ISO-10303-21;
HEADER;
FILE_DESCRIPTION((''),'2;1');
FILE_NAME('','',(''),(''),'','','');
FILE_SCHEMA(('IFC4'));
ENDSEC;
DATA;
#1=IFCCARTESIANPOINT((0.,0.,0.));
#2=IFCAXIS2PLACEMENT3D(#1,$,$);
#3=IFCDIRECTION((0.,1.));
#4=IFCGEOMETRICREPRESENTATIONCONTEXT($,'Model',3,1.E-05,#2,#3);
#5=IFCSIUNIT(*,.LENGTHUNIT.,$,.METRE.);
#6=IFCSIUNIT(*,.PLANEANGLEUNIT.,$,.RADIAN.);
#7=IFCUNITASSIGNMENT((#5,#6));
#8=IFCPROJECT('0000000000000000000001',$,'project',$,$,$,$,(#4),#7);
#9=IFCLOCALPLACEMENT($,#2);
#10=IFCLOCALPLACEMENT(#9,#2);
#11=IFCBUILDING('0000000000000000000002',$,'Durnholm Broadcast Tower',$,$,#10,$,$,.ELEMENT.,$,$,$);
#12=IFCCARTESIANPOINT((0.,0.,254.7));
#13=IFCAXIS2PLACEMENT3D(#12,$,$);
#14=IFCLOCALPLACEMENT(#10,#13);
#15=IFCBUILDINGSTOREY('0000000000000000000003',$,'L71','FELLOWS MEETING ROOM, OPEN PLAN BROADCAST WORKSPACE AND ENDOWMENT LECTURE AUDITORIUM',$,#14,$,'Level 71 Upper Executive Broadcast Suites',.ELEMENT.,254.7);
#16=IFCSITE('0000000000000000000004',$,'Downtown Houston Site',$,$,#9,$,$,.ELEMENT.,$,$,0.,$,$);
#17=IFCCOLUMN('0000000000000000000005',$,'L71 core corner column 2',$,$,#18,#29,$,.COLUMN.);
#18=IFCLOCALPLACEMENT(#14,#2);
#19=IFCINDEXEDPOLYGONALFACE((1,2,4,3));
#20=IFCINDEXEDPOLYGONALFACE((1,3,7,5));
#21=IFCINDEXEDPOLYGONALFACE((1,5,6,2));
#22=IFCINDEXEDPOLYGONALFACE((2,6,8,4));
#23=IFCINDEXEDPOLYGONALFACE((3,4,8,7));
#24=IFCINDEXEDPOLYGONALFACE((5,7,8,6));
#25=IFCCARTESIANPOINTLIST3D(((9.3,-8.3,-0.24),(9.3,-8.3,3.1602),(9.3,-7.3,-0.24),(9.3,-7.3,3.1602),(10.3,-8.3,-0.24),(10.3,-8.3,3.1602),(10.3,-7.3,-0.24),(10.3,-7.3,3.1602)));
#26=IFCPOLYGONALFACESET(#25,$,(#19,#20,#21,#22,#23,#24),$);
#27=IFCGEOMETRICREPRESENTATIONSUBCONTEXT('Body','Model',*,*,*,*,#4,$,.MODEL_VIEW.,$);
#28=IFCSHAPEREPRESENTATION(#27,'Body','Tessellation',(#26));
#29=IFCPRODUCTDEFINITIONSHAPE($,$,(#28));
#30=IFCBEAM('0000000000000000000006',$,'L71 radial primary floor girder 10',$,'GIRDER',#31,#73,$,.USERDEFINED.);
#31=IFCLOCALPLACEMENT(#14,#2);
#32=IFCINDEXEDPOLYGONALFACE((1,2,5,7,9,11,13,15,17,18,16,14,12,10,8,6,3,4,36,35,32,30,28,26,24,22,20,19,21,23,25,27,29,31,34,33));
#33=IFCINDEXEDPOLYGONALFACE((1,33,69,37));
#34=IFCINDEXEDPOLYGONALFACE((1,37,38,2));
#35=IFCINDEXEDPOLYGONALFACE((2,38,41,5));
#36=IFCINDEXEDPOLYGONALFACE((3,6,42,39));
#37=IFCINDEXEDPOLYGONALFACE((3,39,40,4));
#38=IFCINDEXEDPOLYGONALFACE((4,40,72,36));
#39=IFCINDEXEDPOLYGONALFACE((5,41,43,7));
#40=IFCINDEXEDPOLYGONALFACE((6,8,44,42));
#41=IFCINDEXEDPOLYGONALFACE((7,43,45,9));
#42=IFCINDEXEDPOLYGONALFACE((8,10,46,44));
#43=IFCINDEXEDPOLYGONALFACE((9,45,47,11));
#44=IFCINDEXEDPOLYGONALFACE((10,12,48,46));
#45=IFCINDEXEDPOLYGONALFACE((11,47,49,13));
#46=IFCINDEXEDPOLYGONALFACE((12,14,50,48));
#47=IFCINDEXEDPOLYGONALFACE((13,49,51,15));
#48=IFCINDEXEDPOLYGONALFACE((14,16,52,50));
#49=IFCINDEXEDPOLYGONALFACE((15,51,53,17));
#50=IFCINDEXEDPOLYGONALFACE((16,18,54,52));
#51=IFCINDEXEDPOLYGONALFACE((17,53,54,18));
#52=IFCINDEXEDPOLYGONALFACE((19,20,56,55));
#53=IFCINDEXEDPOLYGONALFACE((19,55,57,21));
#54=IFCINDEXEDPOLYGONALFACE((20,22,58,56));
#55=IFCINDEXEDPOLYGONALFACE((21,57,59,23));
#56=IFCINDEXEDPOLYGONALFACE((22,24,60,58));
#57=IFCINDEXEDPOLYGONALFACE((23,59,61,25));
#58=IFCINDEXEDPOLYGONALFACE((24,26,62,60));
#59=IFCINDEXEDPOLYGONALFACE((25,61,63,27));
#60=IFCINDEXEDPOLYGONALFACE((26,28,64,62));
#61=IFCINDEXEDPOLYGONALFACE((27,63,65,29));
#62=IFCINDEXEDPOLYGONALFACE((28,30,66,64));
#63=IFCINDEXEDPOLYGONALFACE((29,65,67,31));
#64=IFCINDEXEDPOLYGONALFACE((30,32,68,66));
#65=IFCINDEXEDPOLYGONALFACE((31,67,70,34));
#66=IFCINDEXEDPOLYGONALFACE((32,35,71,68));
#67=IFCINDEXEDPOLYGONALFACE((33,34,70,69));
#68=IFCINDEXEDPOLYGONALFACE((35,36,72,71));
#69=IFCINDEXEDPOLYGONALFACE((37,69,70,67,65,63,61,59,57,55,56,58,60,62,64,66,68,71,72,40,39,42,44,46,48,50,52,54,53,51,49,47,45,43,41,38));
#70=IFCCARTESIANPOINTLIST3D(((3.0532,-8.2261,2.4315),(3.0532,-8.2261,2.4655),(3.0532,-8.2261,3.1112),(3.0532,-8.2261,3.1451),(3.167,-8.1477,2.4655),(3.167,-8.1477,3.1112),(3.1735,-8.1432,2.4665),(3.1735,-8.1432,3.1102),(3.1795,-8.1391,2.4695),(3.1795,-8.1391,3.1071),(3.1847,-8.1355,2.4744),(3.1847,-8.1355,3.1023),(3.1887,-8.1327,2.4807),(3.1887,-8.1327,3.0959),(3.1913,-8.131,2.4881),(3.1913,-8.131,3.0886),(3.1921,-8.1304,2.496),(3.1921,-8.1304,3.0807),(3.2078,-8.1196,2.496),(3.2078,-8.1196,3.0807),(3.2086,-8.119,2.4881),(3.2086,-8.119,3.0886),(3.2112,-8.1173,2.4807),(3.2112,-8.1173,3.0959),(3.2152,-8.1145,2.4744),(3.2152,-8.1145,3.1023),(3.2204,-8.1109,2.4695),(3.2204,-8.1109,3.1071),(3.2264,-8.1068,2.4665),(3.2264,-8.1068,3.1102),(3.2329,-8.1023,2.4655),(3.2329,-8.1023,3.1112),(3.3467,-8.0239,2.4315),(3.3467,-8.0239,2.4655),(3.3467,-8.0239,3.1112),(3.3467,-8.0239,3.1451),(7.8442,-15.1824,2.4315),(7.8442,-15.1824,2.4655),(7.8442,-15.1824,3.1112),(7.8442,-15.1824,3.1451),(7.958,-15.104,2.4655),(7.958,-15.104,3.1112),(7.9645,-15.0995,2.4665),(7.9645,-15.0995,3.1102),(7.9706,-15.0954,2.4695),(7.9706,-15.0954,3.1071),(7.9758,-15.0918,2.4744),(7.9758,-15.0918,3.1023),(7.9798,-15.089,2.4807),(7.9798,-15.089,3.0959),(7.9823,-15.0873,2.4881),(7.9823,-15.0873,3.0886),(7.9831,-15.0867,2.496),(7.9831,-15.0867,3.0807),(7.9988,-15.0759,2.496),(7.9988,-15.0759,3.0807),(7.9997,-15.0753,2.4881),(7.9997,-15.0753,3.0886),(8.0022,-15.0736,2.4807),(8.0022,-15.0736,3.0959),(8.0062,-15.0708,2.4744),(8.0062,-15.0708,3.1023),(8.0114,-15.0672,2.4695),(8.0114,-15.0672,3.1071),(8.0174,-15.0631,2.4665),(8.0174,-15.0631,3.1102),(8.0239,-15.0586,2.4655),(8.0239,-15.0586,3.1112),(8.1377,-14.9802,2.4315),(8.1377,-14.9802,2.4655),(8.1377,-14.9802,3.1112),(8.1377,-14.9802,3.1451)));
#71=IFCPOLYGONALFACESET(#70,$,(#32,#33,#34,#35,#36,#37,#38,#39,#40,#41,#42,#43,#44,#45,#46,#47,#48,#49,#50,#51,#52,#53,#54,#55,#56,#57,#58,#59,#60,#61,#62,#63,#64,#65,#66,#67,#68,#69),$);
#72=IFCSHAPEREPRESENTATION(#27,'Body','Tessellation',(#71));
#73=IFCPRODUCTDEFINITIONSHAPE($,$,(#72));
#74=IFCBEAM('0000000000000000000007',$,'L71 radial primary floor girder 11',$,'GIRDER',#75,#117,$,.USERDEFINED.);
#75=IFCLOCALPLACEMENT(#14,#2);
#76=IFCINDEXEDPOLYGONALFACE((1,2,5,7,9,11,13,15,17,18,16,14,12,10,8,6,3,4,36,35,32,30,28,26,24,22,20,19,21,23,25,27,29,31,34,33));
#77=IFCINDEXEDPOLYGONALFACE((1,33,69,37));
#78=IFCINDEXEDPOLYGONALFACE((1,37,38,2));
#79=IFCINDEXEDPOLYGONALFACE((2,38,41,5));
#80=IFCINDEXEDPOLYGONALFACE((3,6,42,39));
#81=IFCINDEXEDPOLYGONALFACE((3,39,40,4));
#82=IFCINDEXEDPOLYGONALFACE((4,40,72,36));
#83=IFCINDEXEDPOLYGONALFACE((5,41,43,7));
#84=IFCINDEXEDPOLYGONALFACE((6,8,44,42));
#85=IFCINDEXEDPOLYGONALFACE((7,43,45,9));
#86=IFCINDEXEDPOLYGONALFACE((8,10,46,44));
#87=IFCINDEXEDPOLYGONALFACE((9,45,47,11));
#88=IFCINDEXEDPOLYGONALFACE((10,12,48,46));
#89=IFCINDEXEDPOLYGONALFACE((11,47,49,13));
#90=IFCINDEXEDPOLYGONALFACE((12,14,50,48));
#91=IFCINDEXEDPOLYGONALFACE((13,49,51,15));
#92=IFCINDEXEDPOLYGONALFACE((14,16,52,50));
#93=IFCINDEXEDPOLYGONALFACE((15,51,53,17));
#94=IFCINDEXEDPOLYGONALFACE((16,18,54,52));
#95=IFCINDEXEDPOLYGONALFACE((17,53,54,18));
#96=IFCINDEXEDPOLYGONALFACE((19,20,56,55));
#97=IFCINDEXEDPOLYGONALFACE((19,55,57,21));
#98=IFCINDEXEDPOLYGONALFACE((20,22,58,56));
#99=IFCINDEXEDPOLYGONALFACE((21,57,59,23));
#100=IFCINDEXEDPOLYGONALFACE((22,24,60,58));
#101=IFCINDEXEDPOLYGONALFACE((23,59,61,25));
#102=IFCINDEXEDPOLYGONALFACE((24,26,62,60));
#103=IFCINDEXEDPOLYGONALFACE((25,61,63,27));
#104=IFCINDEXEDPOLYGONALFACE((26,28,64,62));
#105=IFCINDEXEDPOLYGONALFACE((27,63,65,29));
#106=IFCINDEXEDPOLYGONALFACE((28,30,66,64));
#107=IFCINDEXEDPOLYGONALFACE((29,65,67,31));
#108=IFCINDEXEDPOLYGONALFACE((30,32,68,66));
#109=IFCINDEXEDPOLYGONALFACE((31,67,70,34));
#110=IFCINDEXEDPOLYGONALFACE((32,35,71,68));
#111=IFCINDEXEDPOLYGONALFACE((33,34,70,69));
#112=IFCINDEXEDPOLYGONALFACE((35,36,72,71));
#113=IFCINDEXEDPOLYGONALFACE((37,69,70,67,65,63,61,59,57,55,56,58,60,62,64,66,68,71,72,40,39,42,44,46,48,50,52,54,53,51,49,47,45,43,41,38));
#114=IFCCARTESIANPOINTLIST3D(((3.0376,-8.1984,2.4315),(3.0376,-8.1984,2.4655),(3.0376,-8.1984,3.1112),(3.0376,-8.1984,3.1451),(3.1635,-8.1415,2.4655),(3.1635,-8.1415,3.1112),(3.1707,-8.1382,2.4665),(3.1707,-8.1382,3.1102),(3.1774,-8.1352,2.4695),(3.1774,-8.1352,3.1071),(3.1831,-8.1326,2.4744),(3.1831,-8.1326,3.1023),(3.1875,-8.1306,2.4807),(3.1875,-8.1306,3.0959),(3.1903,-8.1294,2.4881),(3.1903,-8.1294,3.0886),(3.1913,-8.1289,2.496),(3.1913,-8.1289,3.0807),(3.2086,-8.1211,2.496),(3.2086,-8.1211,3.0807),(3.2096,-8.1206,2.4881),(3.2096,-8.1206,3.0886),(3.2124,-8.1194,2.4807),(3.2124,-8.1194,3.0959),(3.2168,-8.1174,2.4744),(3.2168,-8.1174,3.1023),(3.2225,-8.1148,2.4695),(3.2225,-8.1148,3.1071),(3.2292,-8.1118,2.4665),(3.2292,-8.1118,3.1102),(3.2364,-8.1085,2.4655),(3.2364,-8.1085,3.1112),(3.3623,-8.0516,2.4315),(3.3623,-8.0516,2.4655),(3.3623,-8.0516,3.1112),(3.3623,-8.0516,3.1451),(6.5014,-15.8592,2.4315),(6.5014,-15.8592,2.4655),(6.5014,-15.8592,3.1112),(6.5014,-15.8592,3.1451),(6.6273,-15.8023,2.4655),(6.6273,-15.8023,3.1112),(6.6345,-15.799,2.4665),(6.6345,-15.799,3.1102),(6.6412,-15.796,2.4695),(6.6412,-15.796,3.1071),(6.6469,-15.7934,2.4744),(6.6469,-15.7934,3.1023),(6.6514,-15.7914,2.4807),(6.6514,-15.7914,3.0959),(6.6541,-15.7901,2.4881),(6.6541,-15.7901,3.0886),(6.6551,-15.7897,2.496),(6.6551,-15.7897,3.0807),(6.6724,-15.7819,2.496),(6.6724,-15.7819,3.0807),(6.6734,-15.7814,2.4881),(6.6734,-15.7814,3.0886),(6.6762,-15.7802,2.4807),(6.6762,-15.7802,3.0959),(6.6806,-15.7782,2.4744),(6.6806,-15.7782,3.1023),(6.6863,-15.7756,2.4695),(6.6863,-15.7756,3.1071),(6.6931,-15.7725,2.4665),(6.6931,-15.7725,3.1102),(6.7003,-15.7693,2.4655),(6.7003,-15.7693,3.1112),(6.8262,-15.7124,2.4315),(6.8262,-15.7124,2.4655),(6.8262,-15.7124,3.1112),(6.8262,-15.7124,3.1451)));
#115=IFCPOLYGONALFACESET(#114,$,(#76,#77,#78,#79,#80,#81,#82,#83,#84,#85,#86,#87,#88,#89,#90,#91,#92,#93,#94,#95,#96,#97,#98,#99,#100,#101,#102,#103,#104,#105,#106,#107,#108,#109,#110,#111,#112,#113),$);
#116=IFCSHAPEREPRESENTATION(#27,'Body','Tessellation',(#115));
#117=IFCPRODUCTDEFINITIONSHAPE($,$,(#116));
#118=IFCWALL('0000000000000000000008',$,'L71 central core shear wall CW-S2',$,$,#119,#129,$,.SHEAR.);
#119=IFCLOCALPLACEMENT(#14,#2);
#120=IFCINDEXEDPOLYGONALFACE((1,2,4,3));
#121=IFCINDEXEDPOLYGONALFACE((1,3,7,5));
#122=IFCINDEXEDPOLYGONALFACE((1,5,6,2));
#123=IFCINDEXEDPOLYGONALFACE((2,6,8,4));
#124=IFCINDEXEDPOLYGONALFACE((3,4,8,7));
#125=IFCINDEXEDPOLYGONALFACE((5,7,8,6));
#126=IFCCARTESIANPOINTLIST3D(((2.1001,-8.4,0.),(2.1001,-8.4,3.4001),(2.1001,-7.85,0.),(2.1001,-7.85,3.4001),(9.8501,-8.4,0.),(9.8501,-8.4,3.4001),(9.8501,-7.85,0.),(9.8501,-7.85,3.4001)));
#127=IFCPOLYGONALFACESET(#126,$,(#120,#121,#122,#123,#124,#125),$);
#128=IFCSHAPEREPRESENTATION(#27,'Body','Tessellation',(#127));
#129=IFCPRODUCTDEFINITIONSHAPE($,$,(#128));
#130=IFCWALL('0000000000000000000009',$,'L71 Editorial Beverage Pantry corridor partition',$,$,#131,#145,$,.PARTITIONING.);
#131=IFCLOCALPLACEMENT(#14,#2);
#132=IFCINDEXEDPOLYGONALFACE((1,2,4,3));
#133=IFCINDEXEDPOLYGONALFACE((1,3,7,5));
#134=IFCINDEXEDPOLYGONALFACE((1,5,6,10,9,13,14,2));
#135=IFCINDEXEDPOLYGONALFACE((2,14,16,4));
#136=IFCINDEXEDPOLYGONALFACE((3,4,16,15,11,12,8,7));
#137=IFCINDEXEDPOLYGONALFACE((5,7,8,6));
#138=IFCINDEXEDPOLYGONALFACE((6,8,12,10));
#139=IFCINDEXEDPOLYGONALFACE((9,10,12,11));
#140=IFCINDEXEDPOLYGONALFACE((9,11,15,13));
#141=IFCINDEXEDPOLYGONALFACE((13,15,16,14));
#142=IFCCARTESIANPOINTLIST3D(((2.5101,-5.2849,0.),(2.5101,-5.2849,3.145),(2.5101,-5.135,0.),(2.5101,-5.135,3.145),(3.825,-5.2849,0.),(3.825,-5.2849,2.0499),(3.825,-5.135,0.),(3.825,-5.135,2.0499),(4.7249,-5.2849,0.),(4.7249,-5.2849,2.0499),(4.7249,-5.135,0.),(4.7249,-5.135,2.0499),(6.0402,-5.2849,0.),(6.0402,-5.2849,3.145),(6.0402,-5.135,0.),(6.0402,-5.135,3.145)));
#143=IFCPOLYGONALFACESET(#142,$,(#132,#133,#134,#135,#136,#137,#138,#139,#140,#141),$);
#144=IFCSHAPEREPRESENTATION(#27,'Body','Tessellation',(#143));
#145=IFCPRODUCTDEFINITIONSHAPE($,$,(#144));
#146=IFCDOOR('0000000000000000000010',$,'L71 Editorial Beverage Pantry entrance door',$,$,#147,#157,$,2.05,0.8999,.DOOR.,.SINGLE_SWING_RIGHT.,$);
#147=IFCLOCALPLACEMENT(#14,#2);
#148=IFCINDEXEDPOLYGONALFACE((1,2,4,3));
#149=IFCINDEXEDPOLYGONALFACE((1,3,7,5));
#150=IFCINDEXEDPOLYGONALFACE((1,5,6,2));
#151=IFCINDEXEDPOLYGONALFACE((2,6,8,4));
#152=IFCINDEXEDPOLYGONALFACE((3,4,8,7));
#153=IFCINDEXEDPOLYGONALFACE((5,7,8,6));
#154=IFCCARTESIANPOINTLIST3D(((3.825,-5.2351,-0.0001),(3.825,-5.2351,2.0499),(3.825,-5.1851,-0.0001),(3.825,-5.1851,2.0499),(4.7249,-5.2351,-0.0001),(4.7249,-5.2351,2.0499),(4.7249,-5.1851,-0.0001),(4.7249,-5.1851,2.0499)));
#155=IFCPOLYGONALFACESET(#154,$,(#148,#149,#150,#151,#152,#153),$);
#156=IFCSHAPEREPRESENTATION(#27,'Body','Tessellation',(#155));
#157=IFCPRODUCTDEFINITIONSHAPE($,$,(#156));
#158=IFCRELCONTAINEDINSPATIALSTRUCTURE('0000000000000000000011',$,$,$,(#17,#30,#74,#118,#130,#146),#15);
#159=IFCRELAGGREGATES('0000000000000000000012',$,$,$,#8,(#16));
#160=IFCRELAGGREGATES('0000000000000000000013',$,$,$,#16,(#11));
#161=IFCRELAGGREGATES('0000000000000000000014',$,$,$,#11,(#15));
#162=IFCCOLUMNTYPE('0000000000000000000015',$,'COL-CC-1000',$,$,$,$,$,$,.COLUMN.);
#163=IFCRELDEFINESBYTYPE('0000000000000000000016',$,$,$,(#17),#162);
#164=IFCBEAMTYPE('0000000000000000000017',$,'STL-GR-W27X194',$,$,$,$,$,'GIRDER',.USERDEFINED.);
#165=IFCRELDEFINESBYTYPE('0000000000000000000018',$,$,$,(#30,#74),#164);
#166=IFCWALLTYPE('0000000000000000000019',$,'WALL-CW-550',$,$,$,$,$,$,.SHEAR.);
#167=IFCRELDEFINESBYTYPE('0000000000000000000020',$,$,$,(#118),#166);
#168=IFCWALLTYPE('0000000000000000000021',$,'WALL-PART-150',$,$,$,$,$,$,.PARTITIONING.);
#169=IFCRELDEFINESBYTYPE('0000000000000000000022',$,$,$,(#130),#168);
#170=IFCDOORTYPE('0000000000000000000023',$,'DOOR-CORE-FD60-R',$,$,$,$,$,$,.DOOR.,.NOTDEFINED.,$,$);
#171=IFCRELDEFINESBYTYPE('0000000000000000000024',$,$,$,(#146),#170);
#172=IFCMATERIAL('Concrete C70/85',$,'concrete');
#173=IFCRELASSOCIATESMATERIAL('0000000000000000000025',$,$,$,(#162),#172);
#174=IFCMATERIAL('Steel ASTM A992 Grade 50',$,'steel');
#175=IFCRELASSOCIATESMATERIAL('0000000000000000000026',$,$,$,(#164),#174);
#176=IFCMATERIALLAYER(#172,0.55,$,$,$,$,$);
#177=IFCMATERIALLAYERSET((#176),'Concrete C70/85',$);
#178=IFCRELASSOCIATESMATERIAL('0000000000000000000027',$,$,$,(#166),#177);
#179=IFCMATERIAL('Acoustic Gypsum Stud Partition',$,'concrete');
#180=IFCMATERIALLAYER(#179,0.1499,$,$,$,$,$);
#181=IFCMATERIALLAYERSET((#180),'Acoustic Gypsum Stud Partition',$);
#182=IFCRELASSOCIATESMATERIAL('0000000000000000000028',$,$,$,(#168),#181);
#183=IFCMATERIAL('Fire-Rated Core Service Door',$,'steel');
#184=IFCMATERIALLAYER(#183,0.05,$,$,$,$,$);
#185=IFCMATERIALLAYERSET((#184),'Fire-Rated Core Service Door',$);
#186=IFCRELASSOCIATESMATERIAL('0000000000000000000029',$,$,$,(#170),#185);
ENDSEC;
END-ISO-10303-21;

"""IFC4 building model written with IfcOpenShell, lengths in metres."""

from ifc_helpers import new_model, si_unit, direction, frame, frame_2d, origin, origin_2d, place, context, subcontext, project, spatial, rectangle, i_section, extrude, source, transform, mapped, material, layer, layer_set, material_profile, profile_set, type_object, type_shapes, element, fill, save


model = new_model("IFC4")

# Units and contexts
model_context = context("Model", 3, precision=1e-05, world=origin(), true_north=direction((0.0, 1.0)))
body_context = subcontext(model_context, "Body", "Model", "MODEL_VIEW")
ifc_project = project(units=[si_unit("LENGTHUNIT", "METRE"), si_unit("PLANEANGLEUNIT", "RADIAN")], contexts=[model_context])

# Site, building, storey
site_placement = place(None, origin())
site = spatial("IfcSite", under=ifc_project, at=site_placement, Name="Downtown Houston Site", CompositionType="ELEMENT", RefElevation=0.0)
building_placement = place(site_placement, origin())
building = spatial("IfcBuilding", under=site, at=building_placement, Name="Durnholm Broadcast Tower", CompositionType="ELEMENT")
storey_placement = place(building_placement, frame((0.0, 0.0, 254.7)))
storey = spatial("IfcBuildingStorey", under=building, at=storey_placement, Name="L71", Description="FELLOWS MEETING ROOM, OPEN PLAN BROADCAST WORKSPACE AND ENDOWMENT LECTURE AUDITORIUM", LongName="Level 71 Upper Executive Broadcast Suites", CompositionType="ELEMENT", Elevation=254.7)

# Column
ifc_material_1 = material(Name="Concrete C70/85", Category="concrete")
ifc_material_profile_1 = material_profile(ifc_material_1, rectangle(XDim=1.0, YDim=1.0, at=origin_2d()), Name="RC1000X1000")
ifc_profile_set_1 = profile_set([ifc_material_profile_1], Name="Concrete C70/85")
column_type = type_object("IfcColumnType", Name="COL-CC-1000", PredefinedType="COLUMN", material=ifc_profile_set_1)
shared_shape_1 = source(origin(), body_context, "Body", "SweptSolid", [
    extrude(rectangle(XDim=1.0, YDim=1.0, at=origin_2d()), origin(), (0.0, 0.0, 1.0), 3.4001),
])
type_shapes(column_type, [shared_shape_1])
column_placement = place(storey_placement, frame((9.8, -7.8, -0.24), z_axis=(0.0, 0.0, 1.0), x_axis=(1.0, 0.0, 0.0)))
element("IfcColumn", 1, at=column_placement, inside=storey, type_object=column_type, Name="L71 core corner column 2", PredefinedType="COLUMN", context=body_context, shape_type="MappedRepresentation", body=[
    mapped(shared_shape_1, transform((0.0, 0.0, 0.0), x_axis=(1.0, 0.0, 0.0), y_axis=(0.0, 1.0, 0.0), z_axis=(0.0, 0.0, 1.0), scale=1.0)),
])

# Beams
ifc_material_2 = material(Name="Steel ASTM A992 Grade 50", Category="steel")
ifc_material_profile_2 = material_profile(ifc_material_2, i_section(OverallWidth=0.3564, OverallDepth=0.7136, WebThickness=0.019, FlangeThickness=0.0339, FilletRadius=0.0305, at=origin_2d()), Name="W27X194")
ifc_profile_set_2 = profile_set([ifc_material_profile_2], Name="Steel ASTM A992 Grade 50")
beam_type = type_object("IfcBeamType", Name="STL-GR-W27X194", ElementType="GIRDER", PredefinedType="USERDEFINED", material=ifc_profile_set_2)
shared_shape_2 = source(origin(), body_context, "Body", "SweptSolid", [
    extrude(i_section(OverallWidth=0.3564, OverallDepth=0.7136, WebThickness=0.019, FlangeThickness=0.0339, FilletRadius=0.0305, at=origin_2d()), origin(), (0.0, 0.0, 1.0), 8.4465),
])
beam_1_placement = place(storey_placement, frame((3.2, -8.125, 2.7883), z_axis=(0.567217, -0.823569, 0.0), x_axis=(0.823569, 0.567217, 0.0)))
element("IfcBeam", 2, at=beam_1_placement, inside=storey, type_object=beam_type, Name="L71 radial primary floor girder 10", ObjectType="GIRDER", PredefinedType="USERDEFINED", context=body_context, shape_type="MappedRepresentation", body=[
    mapped(shared_shape_2, transform((0.0, 0.0, 0.0), x_axis=(1.0, 0.0, 0.0), y_axis=(0.0, 1.0, 0.0), z_axis=(0.0, 0.0, 1.0), scale=1.0)),
])
shared_shape_3 = source(origin(), body_context, "Body", "SweptSolid", [
    extrude(i_section(OverallWidth=0.3564, OverallDepth=0.7136, WebThickness=0.019, FlangeThickness=0.0339, FilletRadius=0.0305, at=origin_2d()), origin(), (0.0, 0.0, 1.0), 8.4075),
])
type_shapes(beam_type, [shared_shape_2, shared_shape_3])
beam_2_placement = place(storey_placement, frame((3.2, -8.125, 2.7883), z_axis=(0.411993, -0.911187, 0.0), x_axis=(0.911187, 0.411993, 0.0)))
element("IfcBeam", 3, at=beam_2_placement, inside=storey, type_object=beam_type, Name="L71 radial primary floor girder 11", ObjectType="GIRDER", PredefinedType="USERDEFINED", context=body_context, shape_type="MappedRepresentation", body=[
    mapped(shared_shape_3, transform((0.0, 0.0, 0.0), x_axis=(1.0, 0.0, 0.0), y_axis=(0.0, 1.0, 0.0), z_axis=(0.0, 0.0, 1.0), scale=1.0)),
])

# Wall
ifc_layer_1 = layer(ifc_material_1, 0.55)
ifc_layer_set_1 = layer_set([ifc_layer_1], Name="Concrete C70/85")
wall_type_1 = type_object("IfcWallType", Name="WALL-CW-550", PredefinedType="SHEAR", material=ifc_layer_set_1)
wall_1_placement = place(storey_placement, frame((2.1001, -8.125, 0.0), z_axis=(0.0, 0.0, 1.0), x_axis=(1.0, 0.0, 0.0)))
element("IfcWall", 4, at=wall_1_placement, inside=storey, type_object=wall_type_1, Name="L71 central core shear wall CW-S2", PredefinedType="SHEAR", context=body_context, shape_type="SweptSolid", body=[
    extrude(rectangle(XDim=7.75, YDim=0.55, at=frame_2d((3.875, 0.0))), origin(), (0.0, 0.0, 1.0), 3.4001),
])

# Wall, opening, door
ifc_material_3 = material(Name="Acoustic Gypsum Stud Partition", Category="concrete")
ifc_layer_2 = layer(ifc_material_3, 0.1499)
ifc_layer_set_2 = layer_set([ifc_layer_2], Name="Acoustic Gypsum Stud Partition")
wall_type_2 = type_object("IfcWallType", Name="WALL-PART-150", PredefinedType="PARTITIONING", material=ifc_layer_set_2)
wall_2_placement = place(storey_placement, frame((2.51, -5.21, 0.0), z_axis=(0.0, 0.0, 1.0), x_axis=(1.0, 0.0, 0.0)))
wall_2 = element("IfcWall", 5, at=wall_2_placement, inside=storey, type_object=wall_type_2, Name="L71 Editorial Beverage Pantry corridor partition", PredefinedType="PARTITIONING", context=body_context, shape_type="SweptSolid", body=[
    extrude(rectangle(XDim=3.53, YDim=0.1499, at=frame_2d((1.7651, 0.0))), origin(), (0.0, 0.0, 1.0), 3.145),
])
opening_1_placement = place(wall_2_placement, frame((1.3149, 0.0, 0.0)))
opening_1 = element("IfcOpeningElement", 6, at=opening_1_placement, cuts=wall_2, PredefinedType="OPENING", context=body_context, shape_type="SweptSolid", body=[
    extrude(rectangle(XDim=0.8999, YDim=2.05, at=frame_2d((0.45, 1.0249))), frame((0.0, 0.085, 0.0), z_axis=(0.0, -1.0, 0.0), x_axis=(1.0, 0.0, 0.0)), (0.0, 0.0, 1.0), 0.1699),
])
ifc_material_4 = material(Name="Fire-Rated Core Service Door", Category="steel")
ifc_layer_3 = layer(ifc_material_4, 0.05)
ifc_layer_set_3 = layer_set([ifc_layer_3], Name="Fire-Rated Core Service Door")
door_type = type_object("IfcDoorType", Name="DOOR-CORE-FD60-R", OperationType="NOTDEFINED", PredefinedType="DOOR", material=ifc_layer_set_3)
shared_shape_4 = source(origin(), body_context, "Body", "SweptSolid", [
    extrude(rectangle(XDim=0.8999, YDim=2.05, at=frame_2d((0.45, 1.0249))), frame((0.0, 0.0249, 0.0), z_axis=(0.0, -1.0, 0.0), x_axis=(1.0, 0.0, 0.0)), (0.0, 0.0, 1.0), 0.05),
])
type_shapes(door_type, [shared_shape_4])
door_1_placement = place(opening_1_placement, origin())
door_1 = element("IfcDoor", 7, at=door_1_placement, inside=storey, type_object=door_type, Name="L71 Editorial Beverage Pantry entrance door", OperationType="SINGLE_SWING_RIGHT", OverallHeight=2.05, OverallWidth=0.8999, PredefinedType="DOOR", context=body_context, shape_type="MappedRepresentation", body=[
    mapped(shared_shape_4, transform((0.0, 0.0, 0.0), x_axis=(1.0, 0.0, 0.0), y_axis=(0.0, 1.0, 0.0), z_axis=(0.0, 0.0, 1.0), scale=1.0)),
])
fill(opening_1, door_1)

save(model, "model.ifc")
